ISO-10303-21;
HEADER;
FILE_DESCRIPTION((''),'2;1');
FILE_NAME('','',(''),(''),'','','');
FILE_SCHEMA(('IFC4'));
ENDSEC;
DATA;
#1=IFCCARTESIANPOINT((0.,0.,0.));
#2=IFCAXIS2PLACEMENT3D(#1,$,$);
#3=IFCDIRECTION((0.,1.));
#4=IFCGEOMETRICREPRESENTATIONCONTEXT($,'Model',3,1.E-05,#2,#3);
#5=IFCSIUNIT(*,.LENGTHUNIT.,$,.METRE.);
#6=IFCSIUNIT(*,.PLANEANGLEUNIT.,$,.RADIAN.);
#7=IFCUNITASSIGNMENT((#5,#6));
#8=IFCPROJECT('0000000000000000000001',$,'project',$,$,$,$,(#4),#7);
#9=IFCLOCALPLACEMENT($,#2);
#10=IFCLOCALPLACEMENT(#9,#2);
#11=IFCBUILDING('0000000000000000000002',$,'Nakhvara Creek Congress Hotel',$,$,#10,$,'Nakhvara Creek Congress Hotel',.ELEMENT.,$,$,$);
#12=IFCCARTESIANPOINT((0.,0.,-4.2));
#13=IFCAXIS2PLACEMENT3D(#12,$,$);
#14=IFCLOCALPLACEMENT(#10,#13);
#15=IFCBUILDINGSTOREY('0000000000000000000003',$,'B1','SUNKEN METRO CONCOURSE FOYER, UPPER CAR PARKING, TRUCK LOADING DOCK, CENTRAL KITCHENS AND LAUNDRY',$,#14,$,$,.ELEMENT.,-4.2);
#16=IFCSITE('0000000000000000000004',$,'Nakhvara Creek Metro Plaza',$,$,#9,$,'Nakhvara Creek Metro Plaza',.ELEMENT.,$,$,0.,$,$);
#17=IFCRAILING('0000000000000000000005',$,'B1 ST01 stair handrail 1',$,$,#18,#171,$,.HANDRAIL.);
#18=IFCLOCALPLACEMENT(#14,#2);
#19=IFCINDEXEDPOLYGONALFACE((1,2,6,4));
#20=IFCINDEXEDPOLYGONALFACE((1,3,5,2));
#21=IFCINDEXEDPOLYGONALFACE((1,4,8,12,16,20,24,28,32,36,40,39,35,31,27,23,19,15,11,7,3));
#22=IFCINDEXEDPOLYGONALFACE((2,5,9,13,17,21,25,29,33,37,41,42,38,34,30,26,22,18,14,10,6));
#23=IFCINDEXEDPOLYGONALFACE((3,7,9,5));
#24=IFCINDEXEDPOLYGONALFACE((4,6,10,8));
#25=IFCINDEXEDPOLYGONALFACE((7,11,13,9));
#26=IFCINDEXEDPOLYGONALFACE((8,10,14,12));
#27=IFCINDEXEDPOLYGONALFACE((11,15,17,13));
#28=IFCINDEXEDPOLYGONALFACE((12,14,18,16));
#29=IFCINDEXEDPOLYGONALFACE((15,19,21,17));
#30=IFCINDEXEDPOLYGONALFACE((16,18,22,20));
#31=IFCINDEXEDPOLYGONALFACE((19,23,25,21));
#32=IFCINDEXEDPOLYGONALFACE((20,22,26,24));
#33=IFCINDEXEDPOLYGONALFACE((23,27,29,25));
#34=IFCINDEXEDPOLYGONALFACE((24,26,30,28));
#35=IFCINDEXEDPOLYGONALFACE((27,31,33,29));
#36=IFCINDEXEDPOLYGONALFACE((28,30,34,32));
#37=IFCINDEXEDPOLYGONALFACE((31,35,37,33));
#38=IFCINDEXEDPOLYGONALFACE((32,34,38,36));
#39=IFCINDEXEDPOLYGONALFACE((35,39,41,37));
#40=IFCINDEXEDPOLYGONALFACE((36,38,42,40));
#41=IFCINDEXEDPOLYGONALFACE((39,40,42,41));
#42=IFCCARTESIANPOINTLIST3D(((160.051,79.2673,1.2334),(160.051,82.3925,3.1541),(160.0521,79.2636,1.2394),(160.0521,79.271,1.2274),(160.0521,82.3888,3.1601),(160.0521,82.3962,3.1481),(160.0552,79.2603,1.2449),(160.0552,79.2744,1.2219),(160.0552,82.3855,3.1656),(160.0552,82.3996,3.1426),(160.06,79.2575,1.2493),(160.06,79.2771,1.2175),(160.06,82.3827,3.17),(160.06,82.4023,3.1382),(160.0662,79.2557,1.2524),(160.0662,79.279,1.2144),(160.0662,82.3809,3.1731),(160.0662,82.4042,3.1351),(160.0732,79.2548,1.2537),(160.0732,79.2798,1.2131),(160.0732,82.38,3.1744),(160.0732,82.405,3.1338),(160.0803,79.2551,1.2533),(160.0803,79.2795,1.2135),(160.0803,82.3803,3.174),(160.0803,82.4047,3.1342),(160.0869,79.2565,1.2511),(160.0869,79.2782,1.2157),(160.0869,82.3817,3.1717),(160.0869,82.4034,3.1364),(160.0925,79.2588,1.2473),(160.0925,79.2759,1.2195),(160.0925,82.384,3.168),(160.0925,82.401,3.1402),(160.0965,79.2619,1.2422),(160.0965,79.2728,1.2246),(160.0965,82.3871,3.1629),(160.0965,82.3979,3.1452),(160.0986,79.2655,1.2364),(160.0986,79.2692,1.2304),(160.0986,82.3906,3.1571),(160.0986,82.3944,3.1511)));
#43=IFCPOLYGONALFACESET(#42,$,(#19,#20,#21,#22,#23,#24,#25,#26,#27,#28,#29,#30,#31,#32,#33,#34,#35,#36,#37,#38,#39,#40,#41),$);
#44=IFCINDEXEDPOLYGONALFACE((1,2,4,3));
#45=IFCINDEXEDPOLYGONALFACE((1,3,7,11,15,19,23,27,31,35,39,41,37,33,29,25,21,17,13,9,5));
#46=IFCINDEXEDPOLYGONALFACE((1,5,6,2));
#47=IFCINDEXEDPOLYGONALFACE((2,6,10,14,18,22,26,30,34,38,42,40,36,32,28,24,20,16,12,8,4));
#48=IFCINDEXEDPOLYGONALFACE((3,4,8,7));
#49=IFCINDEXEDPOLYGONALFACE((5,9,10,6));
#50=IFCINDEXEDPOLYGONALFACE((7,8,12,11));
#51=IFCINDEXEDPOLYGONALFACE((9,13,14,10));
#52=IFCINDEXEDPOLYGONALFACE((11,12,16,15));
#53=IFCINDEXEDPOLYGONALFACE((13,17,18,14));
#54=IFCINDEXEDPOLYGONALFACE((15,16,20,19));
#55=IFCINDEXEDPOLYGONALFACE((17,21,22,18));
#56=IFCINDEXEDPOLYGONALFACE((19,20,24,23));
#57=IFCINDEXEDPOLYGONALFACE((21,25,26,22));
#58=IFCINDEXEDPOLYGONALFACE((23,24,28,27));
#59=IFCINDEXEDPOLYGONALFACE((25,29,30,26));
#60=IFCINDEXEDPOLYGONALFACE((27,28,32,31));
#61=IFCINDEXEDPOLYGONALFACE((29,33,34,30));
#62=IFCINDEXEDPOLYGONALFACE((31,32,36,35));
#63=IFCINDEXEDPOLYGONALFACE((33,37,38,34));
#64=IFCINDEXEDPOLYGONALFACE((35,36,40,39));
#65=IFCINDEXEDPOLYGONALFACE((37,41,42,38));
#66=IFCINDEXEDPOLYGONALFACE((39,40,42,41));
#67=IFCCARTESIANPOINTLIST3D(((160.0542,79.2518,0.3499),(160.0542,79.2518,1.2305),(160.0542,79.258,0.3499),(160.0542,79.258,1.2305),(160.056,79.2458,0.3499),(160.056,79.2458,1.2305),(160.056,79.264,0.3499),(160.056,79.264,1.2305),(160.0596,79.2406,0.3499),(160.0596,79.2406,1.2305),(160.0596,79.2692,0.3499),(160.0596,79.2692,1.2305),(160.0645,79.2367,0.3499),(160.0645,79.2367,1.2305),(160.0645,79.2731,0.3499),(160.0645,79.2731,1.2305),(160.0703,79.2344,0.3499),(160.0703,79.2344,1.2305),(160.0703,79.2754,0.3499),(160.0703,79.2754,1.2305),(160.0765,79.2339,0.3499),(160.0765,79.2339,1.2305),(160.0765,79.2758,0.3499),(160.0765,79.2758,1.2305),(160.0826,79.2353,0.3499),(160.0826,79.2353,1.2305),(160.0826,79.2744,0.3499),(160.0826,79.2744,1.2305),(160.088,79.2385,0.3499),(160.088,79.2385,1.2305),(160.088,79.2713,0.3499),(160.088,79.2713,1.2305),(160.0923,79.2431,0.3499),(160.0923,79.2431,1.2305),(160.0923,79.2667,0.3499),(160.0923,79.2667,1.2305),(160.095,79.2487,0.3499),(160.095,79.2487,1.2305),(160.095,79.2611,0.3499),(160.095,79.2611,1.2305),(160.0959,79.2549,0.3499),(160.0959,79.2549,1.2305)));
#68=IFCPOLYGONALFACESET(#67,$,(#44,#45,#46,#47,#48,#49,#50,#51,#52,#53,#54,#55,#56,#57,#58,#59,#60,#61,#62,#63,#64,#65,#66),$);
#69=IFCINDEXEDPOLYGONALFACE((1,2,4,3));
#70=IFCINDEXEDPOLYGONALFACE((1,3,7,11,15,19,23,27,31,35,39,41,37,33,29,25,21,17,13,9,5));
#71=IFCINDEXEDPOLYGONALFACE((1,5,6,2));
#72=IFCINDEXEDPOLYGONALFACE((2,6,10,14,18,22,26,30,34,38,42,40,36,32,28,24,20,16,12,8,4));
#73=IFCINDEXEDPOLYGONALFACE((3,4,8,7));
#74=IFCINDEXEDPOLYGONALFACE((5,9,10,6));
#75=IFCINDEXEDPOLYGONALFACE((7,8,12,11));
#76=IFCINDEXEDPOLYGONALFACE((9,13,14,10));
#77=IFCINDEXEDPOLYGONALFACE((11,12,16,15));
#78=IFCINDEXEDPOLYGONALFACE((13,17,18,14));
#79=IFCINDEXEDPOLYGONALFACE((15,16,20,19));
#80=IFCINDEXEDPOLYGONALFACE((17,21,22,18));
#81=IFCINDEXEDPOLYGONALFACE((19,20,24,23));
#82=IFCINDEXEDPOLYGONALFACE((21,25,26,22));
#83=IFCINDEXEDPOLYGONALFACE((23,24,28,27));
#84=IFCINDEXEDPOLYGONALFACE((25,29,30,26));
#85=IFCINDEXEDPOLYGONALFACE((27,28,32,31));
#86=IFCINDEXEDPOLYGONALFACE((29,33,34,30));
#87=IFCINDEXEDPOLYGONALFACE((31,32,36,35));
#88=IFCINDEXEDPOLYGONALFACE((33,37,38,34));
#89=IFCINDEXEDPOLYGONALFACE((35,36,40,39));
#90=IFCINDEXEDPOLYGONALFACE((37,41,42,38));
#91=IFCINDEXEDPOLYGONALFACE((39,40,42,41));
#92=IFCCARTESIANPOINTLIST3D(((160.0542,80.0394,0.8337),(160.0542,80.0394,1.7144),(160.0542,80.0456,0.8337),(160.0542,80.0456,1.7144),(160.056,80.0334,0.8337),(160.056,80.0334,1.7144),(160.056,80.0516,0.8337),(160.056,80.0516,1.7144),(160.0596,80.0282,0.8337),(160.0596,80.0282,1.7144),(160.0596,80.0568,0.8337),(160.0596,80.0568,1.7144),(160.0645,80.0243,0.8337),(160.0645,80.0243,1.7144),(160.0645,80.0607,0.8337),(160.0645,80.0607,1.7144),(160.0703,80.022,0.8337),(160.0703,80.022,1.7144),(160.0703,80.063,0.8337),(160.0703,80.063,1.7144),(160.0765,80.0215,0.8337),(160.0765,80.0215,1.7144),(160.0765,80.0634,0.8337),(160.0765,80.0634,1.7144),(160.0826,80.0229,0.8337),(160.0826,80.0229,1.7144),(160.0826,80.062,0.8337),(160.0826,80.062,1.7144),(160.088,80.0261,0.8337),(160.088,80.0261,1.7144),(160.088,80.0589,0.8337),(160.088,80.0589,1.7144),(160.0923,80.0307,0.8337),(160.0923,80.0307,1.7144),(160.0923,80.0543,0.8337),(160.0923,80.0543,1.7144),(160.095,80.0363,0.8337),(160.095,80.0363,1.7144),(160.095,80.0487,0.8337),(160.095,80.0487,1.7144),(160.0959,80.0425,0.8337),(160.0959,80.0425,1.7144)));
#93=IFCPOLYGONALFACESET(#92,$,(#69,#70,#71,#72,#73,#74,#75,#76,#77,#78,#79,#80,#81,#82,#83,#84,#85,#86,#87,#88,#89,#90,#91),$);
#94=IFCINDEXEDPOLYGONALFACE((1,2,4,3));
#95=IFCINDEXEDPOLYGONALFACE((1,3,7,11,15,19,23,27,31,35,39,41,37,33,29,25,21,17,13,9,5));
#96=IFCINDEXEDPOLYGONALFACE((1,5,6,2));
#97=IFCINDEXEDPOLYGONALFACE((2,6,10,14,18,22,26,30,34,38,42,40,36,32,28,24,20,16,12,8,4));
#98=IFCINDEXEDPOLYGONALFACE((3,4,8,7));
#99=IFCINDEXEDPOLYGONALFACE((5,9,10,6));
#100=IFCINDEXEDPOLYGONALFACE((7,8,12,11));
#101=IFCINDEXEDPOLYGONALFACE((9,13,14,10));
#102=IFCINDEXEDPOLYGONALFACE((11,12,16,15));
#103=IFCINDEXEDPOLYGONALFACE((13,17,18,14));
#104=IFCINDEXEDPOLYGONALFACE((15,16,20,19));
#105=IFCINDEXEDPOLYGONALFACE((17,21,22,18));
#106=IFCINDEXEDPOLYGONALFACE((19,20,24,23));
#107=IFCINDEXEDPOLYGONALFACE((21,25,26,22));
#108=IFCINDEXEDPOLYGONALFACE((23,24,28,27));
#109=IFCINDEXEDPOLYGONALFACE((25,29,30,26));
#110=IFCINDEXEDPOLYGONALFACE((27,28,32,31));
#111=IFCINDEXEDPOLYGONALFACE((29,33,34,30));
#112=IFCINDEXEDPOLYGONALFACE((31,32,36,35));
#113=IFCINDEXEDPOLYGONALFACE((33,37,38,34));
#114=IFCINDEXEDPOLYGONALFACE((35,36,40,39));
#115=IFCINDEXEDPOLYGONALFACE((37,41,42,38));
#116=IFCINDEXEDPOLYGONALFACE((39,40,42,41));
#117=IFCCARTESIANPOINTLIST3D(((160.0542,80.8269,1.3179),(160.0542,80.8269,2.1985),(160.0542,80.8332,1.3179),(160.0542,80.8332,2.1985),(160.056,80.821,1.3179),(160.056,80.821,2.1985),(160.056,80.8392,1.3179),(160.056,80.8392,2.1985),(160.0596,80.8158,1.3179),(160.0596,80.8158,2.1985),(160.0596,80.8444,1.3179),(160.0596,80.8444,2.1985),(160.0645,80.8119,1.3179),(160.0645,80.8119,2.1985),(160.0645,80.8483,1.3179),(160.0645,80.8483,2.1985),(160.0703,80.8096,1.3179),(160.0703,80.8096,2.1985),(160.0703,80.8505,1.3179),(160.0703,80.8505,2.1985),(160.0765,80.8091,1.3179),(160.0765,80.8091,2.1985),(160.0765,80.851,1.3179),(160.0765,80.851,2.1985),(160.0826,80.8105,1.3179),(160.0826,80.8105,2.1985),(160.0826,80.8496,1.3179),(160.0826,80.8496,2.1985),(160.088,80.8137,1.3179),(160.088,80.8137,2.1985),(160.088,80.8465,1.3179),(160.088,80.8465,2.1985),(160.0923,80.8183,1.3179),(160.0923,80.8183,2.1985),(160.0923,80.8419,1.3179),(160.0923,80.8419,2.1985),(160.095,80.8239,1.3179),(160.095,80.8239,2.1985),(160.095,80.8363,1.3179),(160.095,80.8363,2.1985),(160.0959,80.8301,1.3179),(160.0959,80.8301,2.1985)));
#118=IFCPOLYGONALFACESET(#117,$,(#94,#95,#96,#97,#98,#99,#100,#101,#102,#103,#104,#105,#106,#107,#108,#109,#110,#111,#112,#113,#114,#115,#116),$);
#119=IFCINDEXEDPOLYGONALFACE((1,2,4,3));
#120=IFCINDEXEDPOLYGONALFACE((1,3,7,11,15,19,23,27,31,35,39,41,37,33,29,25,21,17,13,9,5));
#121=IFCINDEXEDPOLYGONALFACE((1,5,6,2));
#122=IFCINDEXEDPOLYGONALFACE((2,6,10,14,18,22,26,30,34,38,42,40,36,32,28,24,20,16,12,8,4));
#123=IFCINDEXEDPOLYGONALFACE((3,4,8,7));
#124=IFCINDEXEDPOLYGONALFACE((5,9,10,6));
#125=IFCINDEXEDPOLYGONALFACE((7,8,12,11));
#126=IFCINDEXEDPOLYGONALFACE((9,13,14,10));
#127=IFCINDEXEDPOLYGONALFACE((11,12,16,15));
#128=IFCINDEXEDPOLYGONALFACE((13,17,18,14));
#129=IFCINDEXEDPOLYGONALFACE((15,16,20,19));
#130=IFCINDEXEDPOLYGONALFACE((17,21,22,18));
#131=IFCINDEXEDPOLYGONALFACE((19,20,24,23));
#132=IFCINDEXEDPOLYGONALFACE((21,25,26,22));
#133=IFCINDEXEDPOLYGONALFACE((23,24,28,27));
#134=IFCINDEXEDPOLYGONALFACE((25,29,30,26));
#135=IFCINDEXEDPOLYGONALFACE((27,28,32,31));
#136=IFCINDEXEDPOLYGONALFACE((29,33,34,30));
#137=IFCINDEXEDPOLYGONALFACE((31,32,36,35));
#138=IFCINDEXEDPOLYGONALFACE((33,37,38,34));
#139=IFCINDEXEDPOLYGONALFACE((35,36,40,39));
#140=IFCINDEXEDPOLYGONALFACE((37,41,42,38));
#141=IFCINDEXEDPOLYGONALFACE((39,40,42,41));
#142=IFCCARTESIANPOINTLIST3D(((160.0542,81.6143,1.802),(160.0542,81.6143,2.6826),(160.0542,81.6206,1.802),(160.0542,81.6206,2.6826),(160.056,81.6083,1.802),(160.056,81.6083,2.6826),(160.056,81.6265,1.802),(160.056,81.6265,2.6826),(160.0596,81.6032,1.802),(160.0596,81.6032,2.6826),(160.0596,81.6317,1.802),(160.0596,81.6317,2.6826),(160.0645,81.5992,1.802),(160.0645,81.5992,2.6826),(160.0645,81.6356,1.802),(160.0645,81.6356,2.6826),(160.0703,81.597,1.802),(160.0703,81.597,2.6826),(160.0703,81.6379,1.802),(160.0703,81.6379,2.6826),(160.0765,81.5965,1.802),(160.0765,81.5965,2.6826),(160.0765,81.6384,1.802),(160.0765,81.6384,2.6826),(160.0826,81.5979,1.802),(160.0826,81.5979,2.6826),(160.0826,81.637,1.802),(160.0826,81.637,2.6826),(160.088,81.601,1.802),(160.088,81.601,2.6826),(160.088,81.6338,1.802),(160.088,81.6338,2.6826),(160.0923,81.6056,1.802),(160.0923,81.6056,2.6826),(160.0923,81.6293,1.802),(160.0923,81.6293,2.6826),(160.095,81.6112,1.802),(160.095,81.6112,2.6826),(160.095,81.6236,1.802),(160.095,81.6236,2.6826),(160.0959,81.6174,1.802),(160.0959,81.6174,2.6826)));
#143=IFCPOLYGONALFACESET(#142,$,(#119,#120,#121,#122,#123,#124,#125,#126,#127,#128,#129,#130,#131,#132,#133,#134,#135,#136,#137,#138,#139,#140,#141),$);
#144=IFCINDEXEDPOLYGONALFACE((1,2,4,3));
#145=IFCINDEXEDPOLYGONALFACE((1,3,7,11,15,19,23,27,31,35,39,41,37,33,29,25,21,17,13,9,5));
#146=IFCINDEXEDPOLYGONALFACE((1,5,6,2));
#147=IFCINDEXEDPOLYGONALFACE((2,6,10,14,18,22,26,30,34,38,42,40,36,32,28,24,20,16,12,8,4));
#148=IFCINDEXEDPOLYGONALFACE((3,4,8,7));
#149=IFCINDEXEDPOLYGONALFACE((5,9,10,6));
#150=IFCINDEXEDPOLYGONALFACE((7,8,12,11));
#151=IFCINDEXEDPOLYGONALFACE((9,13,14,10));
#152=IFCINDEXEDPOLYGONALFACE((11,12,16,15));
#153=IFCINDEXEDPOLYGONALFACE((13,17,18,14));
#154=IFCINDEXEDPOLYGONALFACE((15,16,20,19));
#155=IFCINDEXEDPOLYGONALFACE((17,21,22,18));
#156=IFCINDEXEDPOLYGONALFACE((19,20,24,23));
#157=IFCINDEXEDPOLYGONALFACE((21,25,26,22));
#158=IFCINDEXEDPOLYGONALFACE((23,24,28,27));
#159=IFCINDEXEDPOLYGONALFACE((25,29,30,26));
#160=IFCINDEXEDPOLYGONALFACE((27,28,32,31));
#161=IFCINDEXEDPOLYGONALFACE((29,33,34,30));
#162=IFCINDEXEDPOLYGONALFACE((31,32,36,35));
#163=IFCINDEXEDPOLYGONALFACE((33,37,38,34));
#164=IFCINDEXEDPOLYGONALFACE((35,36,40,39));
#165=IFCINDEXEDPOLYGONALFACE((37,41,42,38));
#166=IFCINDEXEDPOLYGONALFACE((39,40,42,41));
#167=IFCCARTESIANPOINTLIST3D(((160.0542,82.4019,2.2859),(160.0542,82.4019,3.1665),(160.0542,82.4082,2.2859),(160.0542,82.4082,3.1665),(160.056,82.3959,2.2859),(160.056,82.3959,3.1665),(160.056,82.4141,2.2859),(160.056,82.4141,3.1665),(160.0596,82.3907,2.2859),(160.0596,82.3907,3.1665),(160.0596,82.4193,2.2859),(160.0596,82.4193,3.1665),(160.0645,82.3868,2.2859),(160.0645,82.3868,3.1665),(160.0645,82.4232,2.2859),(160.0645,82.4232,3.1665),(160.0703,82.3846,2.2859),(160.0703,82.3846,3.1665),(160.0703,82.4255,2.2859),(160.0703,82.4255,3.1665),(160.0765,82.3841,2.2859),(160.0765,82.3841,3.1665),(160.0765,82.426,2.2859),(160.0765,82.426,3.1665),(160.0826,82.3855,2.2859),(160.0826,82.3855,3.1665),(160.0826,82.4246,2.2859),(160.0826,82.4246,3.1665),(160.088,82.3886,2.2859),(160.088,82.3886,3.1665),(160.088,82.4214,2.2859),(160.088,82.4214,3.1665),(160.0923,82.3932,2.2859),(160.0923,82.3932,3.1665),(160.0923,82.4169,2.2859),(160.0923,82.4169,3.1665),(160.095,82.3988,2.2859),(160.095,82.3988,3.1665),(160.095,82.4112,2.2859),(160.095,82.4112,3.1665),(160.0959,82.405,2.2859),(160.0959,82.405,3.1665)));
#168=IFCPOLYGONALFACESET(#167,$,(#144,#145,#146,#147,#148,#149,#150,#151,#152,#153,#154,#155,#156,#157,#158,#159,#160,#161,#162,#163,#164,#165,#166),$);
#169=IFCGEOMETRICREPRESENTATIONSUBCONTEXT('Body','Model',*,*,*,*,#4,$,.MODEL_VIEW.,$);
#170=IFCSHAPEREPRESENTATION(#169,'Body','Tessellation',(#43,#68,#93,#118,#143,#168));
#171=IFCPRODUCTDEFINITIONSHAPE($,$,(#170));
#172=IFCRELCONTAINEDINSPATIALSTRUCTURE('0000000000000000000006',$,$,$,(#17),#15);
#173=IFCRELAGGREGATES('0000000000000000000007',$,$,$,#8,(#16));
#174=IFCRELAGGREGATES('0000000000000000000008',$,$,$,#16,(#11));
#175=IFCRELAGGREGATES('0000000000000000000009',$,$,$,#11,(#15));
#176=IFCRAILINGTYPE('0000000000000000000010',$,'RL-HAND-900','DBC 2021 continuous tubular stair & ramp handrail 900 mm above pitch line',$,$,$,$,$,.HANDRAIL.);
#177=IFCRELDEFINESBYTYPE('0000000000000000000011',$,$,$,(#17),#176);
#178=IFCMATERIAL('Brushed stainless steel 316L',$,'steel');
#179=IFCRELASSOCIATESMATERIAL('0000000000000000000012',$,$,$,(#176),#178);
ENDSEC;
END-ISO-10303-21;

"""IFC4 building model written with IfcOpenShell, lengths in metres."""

from ifc_helpers import new_model, si_unit, direction, frame, origin, origin_2d, place, context, subcontext, project, spatial, circle, extrude, material, type_object, element, save


model = new_model("IFC4")

# Units and contexts
model_context = context("Model", 3, precision=1e-05, world=origin(), true_north=direction((0.0, 1.0)))
body_context = subcontext(model_context, "Body", "Model", "MODEL_VIEW")
ifc_project = project(units=[si_unit("LENGTHUNIT", "METRE"), si_unit("PLANEANGLEUNIT", "RADIAN")], contexts=[model_context])

# Site, building, storey
site_placement = place(None, origin())
site = spatial("IfcSite", under=ifc_project, at=site_placement, Name="Nakhvara Creek Metro Plaza", LongName="Nakhvara Creek Metro Plaza", CompositionType="ELEMENT", RefElevation=0.0)
building_placement = place(site_placement, origin())
building = spatial("IfcBuilding", under=site, at=building_placement, Name="Nakhvara Creek Congress Hotel", LongName="Nakhvara Creek Congress Hotel", CompositionType="ELEMENT")
storey_placement = place(building_placement, frame((0.0, 0.0, -4.2)))
storey = spatial("IfcBuildingStorey", under=building, at=storey_placement, Name="B1", Description="SUNKEN METRO CONCOURSE FOYER, UPPER CAR PARKING, TRUCK LOADING DOCK, CENTRAL KITCHENS AND LAUNDRY", CompositionType="ELEMENT", Elevation=-4.2)

# Railing
ifc_material_1 = material(Name="Brushed stainless steel 316L", Category="steel")
railing_type_1 = type_object("IfcRailingType", Name="RL-HAND-900", Description="DBC 2021 continuous tubular stair & ramp handrail 900 mm above pitch line", PredefinedType="HANDRAIL", material=ifc_material_1)
railing_1_placement = place(storey_placement, frame((160.075, 79.2549, 0.3499)))
element("IfcRailing", 1, at=railing_1_placement, inside=storey, type_object=railing_type_1, Name="B1 ST01 stair handrail 1", PredefinedType="HANDRAIL", context=body_context, shape_type="SweptSolid", body=[
    extrude(circle(Radius=0.0239, at=origin_2d()), frame((0.0, 0.0125, 0.8835), z_axis=(0.0, 0.851962, 0.523604), x_axis=(-1.0, 0.0, 0.0)), (0.0, 0.0, 1.0), 3.6682),
    extrude(circle(Radius=0.021, at=origin_2d()), origin(), (0.0, 0.0, 1.0), 0.8806),
    extrude(circle(Radius=0.021, at=origin_2d()), frame((0.0, 0.7876, 0.4839)), (0.0, 0.0, 1.0), 0.8806),
    extrude(circle(Radius=0.021, at=origin_2d()), frame((0.0, 1.5752, 0.968)), (0.0, 0.0, 1.0), 0.8806),
    extrude(circle(Radius=0.021, at=origin_2d()), frame((0.0, 2.3625, 1.4521)), (0.0, 0.0, 1.0), 0.8806),
    extrude(circle(Radius=0.021, at=origin_2d()), frame((0.0, 3.1501, 1.936)), (0.0, 0.0, 1.0), 0.8806),
])

save(model, "model.ifc")
